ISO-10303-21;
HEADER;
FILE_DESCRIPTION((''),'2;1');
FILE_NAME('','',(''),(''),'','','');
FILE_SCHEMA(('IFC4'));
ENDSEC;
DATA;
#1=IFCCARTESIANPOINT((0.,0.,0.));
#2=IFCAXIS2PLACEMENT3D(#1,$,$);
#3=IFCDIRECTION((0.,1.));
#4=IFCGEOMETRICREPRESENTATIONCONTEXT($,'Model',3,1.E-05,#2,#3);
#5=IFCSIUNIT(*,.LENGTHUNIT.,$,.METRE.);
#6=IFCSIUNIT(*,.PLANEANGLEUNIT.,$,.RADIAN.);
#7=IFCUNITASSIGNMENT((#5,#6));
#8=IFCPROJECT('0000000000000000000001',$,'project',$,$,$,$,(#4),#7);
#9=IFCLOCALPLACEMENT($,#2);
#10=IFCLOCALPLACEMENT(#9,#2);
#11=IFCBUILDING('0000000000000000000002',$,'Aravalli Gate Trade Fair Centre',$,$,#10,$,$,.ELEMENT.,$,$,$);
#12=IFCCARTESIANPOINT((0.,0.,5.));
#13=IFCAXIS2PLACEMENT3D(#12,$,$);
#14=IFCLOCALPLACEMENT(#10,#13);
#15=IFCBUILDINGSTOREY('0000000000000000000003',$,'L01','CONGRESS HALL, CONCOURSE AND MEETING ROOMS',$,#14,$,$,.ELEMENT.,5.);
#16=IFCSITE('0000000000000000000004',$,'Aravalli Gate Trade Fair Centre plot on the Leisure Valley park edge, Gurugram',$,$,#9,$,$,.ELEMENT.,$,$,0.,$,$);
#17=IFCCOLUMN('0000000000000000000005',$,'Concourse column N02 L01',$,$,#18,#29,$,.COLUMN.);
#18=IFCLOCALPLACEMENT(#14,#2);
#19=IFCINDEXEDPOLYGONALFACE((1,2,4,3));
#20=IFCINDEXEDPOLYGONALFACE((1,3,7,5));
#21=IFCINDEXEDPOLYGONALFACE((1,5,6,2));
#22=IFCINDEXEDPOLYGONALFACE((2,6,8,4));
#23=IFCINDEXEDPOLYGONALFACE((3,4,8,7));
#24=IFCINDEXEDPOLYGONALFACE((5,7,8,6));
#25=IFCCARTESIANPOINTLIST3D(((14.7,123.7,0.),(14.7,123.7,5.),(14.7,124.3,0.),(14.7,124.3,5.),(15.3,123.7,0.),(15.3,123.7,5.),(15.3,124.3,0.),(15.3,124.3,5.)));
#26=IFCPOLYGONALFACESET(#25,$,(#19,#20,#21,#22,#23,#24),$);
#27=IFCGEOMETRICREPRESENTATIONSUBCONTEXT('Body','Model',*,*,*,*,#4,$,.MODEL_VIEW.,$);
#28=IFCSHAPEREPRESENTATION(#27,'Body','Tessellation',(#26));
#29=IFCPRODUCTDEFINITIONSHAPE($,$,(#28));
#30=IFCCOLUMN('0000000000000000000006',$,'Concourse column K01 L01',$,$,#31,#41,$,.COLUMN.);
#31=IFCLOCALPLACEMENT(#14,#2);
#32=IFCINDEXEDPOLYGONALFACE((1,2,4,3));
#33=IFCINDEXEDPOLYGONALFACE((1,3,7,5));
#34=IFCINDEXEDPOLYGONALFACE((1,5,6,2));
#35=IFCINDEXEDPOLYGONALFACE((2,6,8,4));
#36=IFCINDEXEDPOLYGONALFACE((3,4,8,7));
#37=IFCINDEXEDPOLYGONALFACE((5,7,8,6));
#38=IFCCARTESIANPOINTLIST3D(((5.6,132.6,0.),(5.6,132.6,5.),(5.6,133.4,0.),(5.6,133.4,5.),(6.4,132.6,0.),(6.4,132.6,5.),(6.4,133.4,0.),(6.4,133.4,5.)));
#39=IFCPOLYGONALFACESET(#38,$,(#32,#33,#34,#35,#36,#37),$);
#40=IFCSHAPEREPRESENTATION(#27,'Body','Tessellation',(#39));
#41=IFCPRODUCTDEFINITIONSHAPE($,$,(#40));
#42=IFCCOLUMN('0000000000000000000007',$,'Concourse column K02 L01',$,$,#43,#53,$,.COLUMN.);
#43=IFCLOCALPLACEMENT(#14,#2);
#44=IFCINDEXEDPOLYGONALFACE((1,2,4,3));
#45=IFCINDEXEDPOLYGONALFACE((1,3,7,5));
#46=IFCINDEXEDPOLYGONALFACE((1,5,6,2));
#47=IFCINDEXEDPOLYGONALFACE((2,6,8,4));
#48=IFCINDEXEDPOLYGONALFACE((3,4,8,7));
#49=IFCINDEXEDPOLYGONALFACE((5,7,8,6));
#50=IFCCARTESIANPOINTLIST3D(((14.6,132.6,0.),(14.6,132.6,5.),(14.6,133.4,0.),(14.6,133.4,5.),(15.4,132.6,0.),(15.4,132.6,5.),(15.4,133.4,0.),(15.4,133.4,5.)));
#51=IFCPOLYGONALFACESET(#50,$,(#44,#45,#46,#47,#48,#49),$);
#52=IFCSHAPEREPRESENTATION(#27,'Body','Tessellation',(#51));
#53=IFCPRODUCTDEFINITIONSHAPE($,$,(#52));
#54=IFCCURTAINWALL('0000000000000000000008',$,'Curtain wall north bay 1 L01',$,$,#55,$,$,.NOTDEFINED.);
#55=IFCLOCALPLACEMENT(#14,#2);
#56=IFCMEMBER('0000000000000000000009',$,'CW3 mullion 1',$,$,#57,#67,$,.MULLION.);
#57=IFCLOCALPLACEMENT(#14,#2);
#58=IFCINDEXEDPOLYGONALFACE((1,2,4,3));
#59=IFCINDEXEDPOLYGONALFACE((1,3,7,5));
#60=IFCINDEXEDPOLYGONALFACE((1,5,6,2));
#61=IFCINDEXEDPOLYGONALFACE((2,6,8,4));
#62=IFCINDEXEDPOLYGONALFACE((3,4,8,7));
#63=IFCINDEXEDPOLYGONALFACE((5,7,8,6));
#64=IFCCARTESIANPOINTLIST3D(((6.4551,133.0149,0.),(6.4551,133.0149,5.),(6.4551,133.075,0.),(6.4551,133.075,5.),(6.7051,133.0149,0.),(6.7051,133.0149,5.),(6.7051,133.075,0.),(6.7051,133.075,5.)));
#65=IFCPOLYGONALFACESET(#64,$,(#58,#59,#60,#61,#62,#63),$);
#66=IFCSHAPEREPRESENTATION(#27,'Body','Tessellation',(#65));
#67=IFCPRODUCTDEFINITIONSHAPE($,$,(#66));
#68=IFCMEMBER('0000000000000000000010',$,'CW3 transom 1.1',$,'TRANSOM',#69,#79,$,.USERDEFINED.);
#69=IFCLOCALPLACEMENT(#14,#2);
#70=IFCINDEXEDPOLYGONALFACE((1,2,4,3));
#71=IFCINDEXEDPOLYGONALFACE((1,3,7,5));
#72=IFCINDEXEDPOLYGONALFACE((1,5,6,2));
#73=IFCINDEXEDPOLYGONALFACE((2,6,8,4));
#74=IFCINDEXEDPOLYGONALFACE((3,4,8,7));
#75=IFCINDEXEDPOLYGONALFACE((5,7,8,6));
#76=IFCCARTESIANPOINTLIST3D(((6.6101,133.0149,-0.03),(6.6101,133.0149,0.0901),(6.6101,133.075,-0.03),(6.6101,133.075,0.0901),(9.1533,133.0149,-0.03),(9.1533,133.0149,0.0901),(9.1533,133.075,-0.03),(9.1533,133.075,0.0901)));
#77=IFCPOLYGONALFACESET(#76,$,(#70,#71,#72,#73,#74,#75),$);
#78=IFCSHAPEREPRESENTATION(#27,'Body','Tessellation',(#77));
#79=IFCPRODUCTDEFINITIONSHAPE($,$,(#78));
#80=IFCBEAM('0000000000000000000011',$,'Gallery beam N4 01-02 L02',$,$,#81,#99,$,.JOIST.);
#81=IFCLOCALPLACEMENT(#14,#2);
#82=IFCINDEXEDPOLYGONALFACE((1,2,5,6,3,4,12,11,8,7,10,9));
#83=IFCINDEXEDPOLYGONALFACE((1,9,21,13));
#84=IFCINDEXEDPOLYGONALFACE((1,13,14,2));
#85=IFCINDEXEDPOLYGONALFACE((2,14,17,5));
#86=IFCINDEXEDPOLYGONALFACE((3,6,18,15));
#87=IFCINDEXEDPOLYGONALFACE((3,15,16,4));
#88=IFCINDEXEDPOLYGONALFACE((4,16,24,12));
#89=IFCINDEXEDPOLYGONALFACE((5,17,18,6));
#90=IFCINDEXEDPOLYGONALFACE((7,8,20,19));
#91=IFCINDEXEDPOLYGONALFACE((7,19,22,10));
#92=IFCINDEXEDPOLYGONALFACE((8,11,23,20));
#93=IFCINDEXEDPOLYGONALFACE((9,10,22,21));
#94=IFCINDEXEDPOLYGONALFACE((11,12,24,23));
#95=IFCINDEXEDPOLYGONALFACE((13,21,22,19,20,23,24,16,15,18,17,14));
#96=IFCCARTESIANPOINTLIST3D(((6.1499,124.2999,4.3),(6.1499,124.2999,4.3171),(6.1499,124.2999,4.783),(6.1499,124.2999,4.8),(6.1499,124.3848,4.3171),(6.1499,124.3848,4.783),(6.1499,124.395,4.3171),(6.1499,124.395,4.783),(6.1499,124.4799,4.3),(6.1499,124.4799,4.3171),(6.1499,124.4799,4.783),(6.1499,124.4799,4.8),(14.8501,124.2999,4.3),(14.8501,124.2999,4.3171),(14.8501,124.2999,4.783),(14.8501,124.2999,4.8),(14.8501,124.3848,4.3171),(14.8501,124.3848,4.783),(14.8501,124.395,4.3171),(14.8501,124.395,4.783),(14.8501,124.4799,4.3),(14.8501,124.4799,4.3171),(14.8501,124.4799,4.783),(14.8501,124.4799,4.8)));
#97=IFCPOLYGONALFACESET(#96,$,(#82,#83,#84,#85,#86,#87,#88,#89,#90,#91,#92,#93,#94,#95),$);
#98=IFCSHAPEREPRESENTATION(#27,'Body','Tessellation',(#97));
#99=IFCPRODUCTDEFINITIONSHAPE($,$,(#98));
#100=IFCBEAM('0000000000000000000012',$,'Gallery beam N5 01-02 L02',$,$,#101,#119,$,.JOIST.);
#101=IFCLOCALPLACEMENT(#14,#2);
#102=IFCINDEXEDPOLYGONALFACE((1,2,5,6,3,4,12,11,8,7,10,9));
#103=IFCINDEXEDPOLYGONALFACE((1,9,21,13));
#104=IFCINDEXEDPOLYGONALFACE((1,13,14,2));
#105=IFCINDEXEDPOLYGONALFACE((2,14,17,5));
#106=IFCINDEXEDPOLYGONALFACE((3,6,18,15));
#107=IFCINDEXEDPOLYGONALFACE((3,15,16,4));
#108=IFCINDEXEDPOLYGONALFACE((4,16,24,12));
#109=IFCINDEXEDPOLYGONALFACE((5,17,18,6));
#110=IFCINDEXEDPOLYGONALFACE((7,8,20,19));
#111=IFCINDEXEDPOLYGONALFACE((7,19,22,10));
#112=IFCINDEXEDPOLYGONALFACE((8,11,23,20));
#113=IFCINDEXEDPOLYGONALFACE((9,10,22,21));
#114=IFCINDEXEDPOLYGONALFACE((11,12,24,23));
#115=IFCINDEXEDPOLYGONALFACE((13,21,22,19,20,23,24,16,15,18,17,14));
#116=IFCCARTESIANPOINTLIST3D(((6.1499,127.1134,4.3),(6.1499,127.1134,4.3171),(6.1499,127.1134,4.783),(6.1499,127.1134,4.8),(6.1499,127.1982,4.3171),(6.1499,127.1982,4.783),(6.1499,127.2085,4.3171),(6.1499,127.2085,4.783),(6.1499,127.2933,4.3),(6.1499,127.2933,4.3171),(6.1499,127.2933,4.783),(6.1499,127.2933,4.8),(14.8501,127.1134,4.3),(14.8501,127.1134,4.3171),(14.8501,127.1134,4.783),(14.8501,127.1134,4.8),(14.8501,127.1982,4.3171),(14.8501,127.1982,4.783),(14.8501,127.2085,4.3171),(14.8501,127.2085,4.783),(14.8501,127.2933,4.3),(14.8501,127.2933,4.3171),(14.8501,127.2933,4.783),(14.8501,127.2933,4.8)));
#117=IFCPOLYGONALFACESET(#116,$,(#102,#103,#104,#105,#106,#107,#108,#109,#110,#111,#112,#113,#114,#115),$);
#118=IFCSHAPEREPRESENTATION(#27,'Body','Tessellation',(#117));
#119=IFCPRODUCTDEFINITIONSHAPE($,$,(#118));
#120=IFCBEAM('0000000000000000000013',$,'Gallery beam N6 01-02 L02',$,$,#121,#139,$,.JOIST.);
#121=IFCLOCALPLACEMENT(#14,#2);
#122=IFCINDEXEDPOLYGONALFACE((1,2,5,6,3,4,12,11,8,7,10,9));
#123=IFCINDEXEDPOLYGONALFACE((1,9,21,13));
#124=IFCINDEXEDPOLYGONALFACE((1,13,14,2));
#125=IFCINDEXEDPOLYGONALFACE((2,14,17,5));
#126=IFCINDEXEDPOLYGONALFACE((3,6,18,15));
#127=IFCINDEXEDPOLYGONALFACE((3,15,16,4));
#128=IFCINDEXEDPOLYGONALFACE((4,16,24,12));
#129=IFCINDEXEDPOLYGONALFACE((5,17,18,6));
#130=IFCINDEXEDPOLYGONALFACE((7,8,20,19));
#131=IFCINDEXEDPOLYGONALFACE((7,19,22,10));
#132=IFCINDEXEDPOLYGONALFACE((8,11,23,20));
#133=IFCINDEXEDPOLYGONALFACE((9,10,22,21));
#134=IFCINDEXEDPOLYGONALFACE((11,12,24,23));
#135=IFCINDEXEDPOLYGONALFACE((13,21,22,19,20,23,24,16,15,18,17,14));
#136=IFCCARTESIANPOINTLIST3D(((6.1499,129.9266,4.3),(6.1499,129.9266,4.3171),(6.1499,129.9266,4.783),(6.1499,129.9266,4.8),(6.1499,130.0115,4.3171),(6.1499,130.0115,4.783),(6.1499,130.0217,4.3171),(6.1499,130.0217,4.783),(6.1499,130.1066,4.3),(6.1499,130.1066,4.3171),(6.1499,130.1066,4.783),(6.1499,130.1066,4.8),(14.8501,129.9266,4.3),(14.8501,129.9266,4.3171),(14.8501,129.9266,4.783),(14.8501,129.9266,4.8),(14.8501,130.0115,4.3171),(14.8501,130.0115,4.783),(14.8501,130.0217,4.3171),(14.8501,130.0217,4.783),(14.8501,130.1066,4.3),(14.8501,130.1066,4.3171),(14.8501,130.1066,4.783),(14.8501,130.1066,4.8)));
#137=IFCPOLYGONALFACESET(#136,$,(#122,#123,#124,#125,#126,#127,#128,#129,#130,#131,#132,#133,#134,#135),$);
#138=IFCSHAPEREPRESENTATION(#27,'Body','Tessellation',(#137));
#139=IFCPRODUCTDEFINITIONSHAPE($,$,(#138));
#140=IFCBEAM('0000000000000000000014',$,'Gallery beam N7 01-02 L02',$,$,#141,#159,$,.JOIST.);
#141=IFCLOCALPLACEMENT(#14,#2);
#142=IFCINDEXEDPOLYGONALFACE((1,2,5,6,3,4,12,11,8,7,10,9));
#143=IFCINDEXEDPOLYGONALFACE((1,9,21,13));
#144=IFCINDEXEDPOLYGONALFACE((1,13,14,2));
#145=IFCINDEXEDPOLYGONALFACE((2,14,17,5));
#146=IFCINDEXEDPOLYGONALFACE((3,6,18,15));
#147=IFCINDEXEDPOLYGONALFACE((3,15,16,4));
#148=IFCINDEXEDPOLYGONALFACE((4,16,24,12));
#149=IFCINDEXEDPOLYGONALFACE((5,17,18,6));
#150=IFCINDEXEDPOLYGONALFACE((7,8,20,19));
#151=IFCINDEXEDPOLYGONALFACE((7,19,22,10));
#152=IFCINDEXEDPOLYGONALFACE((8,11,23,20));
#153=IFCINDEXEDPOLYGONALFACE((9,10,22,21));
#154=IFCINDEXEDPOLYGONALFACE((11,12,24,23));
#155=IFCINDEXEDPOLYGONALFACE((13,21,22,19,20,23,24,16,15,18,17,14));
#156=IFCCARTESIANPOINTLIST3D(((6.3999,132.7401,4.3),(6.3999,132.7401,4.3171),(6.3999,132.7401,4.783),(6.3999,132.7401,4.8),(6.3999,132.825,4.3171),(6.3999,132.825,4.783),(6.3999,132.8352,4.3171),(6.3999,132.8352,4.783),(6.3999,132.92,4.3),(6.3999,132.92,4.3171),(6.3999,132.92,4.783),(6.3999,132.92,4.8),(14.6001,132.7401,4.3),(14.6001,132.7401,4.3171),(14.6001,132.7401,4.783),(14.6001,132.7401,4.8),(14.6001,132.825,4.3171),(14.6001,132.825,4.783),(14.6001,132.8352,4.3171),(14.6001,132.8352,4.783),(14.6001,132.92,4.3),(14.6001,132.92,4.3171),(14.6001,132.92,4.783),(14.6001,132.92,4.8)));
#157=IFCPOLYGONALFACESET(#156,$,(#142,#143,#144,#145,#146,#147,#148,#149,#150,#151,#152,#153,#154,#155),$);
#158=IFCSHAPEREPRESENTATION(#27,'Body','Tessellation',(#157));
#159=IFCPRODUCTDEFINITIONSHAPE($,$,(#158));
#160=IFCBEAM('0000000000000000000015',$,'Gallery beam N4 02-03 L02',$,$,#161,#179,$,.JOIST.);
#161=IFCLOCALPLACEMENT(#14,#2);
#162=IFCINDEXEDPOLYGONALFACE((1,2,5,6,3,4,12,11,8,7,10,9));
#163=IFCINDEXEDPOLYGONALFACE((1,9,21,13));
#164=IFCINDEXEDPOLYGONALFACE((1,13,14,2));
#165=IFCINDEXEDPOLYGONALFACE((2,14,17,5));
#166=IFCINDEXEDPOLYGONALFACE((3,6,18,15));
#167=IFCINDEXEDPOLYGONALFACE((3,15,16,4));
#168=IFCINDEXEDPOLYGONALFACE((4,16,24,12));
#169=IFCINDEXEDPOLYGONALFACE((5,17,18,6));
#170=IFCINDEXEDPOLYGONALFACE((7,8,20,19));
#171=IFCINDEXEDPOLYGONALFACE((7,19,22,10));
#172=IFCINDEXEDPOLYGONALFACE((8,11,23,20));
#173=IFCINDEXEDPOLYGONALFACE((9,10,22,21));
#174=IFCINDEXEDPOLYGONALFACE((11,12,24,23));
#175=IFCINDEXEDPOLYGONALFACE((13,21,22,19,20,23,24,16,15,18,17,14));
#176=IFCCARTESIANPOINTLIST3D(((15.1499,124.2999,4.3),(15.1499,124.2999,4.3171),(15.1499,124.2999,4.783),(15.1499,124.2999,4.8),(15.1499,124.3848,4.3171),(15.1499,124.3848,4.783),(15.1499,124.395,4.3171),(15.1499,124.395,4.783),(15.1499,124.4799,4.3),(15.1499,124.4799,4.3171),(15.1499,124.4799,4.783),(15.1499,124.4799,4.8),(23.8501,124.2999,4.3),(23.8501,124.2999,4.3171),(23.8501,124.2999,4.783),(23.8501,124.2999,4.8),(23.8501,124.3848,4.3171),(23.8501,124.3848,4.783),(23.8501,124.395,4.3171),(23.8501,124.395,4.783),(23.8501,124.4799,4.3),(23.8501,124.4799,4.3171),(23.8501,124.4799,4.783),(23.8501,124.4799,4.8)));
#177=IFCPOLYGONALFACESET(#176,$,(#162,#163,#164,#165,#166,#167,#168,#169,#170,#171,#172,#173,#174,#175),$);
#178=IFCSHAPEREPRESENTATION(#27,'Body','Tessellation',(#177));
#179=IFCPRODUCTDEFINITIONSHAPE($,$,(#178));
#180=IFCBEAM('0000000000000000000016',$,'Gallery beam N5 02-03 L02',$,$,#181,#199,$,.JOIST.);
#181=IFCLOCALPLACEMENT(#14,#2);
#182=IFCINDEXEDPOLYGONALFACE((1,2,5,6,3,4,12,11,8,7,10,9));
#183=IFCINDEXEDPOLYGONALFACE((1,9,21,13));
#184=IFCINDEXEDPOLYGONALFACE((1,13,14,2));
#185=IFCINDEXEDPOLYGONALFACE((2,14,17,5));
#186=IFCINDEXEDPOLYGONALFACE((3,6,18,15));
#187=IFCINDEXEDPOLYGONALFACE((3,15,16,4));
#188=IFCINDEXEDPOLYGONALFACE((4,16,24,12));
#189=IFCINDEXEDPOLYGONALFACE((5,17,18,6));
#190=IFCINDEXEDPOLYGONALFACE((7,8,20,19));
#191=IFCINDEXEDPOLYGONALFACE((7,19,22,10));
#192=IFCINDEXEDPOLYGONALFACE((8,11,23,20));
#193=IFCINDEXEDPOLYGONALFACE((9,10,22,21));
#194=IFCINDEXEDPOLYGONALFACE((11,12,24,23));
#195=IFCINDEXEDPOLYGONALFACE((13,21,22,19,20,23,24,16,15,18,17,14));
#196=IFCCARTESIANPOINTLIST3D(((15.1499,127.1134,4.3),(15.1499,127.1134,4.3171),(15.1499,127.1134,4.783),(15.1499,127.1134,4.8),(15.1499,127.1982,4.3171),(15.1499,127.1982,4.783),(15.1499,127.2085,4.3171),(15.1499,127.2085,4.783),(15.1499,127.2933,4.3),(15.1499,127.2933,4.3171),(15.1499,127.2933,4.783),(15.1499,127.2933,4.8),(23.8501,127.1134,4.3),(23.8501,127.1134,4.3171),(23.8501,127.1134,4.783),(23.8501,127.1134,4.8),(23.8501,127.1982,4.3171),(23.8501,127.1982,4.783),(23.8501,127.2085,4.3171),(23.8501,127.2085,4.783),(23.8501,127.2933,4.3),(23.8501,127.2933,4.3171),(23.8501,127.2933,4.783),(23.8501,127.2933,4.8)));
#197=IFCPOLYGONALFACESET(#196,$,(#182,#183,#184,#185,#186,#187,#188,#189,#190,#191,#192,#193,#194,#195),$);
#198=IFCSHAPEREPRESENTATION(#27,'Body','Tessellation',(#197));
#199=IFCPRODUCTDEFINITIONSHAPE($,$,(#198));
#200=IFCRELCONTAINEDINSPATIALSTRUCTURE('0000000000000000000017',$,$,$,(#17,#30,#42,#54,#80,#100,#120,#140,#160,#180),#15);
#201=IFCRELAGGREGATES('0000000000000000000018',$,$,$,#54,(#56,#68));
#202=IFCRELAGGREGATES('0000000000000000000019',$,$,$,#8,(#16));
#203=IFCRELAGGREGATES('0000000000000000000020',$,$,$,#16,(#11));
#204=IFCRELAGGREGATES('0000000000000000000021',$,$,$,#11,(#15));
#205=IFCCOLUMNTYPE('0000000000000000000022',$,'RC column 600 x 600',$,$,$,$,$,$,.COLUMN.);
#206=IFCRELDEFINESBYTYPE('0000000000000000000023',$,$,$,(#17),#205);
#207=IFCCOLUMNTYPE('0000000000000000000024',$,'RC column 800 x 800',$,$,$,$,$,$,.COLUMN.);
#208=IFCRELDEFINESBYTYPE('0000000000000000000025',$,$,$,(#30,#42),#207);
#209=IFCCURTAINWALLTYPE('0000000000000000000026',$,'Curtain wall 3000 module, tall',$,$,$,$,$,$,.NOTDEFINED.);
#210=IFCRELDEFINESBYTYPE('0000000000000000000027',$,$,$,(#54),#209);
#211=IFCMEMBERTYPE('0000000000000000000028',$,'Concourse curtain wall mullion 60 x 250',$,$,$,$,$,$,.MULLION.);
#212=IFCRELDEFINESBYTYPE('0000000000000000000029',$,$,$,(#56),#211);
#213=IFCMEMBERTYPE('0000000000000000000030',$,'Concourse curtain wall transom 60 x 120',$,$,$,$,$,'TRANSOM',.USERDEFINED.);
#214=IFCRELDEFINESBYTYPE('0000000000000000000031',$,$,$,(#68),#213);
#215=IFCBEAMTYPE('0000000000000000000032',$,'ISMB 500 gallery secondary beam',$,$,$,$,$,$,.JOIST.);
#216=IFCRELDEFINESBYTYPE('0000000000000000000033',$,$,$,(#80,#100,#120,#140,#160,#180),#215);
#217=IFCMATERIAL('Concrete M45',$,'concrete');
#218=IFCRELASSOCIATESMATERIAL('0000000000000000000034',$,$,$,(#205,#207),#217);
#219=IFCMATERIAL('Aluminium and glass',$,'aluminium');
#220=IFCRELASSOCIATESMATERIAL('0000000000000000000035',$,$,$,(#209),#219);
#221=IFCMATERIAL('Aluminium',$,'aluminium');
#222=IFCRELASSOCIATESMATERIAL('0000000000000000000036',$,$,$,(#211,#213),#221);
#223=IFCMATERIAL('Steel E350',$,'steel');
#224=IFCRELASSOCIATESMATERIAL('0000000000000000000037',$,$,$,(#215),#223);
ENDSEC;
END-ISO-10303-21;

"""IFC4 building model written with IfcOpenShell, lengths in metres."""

from ifc_helpers import new_model, si_unit, direction, frame, origin, origin_2d, place, context, subcontext, project, spatial, rectangle, i_section, extrude, material, material_profile, profile_set, type_object, element, aggregate, save


model = new_model("IFC4")

# Units and contexts
model_context = context("Model", 3, precision=1e-05, world=origin(), true_north=direction((0.0, 1.0)))
body_context = subcontext(model_context, "Body", "Model", "MODEL_VIEW")
ifc_project = project(units=[si_unit("LENGTHUNIT", "METRE"), si_unit("PLANEANGLEUNIT", "RADIAN")], contexts=[model_context])

# Site, building, storey
site_placement = place(None, origin())
site = spatial("IfcSite", under=ifc_project, at=site_placement, Name="Aravalli Gate Trade Fair Centre plot on the Leisure Valley park edge, Gurugram", CompositionType="ELEMENT", RefElevation=0.0)
building_placement = place(site_placement, origin())
building = spatial("IfcBuilding", under=site, at=building_placement, Name="Aravalli Gate Trade Fair Centre", CompositionType="ELEMENT")
storey_placement = place(building_placement, frame((0.0, 0.0, 5.0)))
storey = spatial("IfcBuildingStorey", under=building, at=storey_placement, Name="L01", Description="CONGRESS HALL, CONCOURSE AND MEETING ROOMS", CompositionType="ELEMENT", Elevation=5.0)

# Columns
ifc_material_1 = material(Name="Concrete M45", Category="concrete")
ifc_material_profile_1 = material_profile(ifc_material_1, rectangle(XDim=0.6001, YDim=0.6001, at=origin_2d()), Name="RC column 600 x 600")
ifc_profile_set_1 = profile_set([ifc_material_profile_1], Name="Concrete M45")
column_type_1 = type_object("IfcColumnType", Name="RC column 600 x 600", PredefinedType="COLUMN", material=ifc_profile_set_1)
column_placement = place(storey_placement, frame((15.0, 124.0, 0.0), z_axis=(0.0, 0.0, 1.0), x_axis=(1.0, 0.0, 0.0)))
element("IfcColumn", 1, at=column_placement, inside=storey, type_object=column_type_1, Name="Concourse column N02 L01", PredefinedType="COLUMN", context=body_context, shape_type="SweptSolid", body=[
    extrude(rectangle(XDim=0.6001, YDim=0.6001, at=origin_2d()), origin(), (0.0, 0.0, 1.0), 5.0),
])
ifc_material_profile_2 = material_profile(ifc_material_1, rectangle(XDim=0.8, YDim=0.8, at=origin_2d()), Name="RC column 800 x 800")
ifc_profile_set_2 = profile_set([ifc_material_profile_2], Name="Concrete M45")
column_type_2 = type_object("IfcColumnType", Name="RC column 800 x 800", PredefinedType="COLUMN", material=ifc_profile_set_2)
for number, where, z_axis, x_axis, name in (
    (2, (6.0, 133.0, 0.0), (0.0, 0.0, 1.0), (1.0, 0.0, 0.0), "Concourse column K01 L01"),
    (3, (15.0, 133.0, 0.0), (0.0, 0.0, 1.0), (1.0, 0.0, 0.0), "Concourse column K02 L01"),
):
    element("IfcColumn", number, at=place(storey_placement, frame(where, z_axis=z_axis, x_axis=x_axis)), inside=storey, type_object=column_type_2, Name=name, PredefinedType="COLUMN", context=body_context, shape_type="SweptSolid", body=[
        extrude(rectangle(XDim=0.8, YDim=0.8, at=origin_2d()), origin(), (0.0, 0.0, 1.0), 5.0),
    ])

# Curtain wall, members
ifc_material_2 = material(Name="Aluminium and glass", Category="aluminium")
curtain_wall_type = type_object("IfcCurtainWallType", Name="Curtain wall 3000 module, tall", PredefinedType="NOTDEFINED", material=ifc_material_2)
curtain_wall_placement = place(storey_placement, origin())
curtain_wall = element("IfcCurtainWall", 4, at=curtain_wall_placement, inside=storey, type_object=curtain_wall_type, Name="Curtain wall north bay 1 L01", PredefinedType="NOTDEFINED")
ifc_material_3 = material(Name="Aluminium", Category="aluminium")
ifc_material_profile_3 = material_profile(ifc_material_3, rectangle(XDim=0.0601, YDim=0.25, at=origin_2d()), Name="Concourse curtain wall mullion 60 x 250")
ifc_profile_set_3 = profile_set([ifc_material_profile_3], Name="Aluminium")
member_type_1 = type_object("IfcMemberType", Name="Concourse curtain wall mullion 60 x 250", PredefinedType="MULLION", material=ifc_profile_set_3)
member_1_placement = place(storey_placement, frame((6.5801, 133.0449, 0.0), z_axis=(0.0, 0.0, 1.0), x_axis=(0.0, 1.0, 0.0)))
member_1 = element("IfcMember", 5, at=member_1_placement, type_object=member_type_1, Name="CW3 mullion 1", PredefinedType="MULLION", context=body_context, shape_type="SweptSolid", body=[
    extrude(rectangle(XDim=0.0601, YDim=0.25, at=origin_2d()), origin(), (0.0, 0.0, 1.0), 5.0),
])
ifc_material_profile_4 = material_profile(ifc_material_3, rectangle(XDim=0.0601, YDim=0.1201, at=origin_2d()), Name="Concourse curtain wall transom 60 x 120")
ifc_profile_set_4 = profile_set([ifc_material_profile_4], Name="Aluminium")
member_type_2 = type_object("IfcMemberType", Name="Concourse curtain wall transom 60 x 120", ElementType="TRANSOM", PredefinedType="USERDEFINED", material=ifc_profile_set_4)
member_2_placement = place(storey_placement, frame((6.6101, 133.0449, 0.03), z_axis=(1.0, 0.0, 0.0), x_axis=(0.0, 1.0, 0.0)))
member_2 = element("IfcMember", 6, at=member_2_placement, type_object=member_type_2, Name="CW3 transom 1.1", ObjectType="TRANSOM", PredefinedType="USERDEFINED", context=body_context, shape_type="SweptSolid", body=[
    extrude(rectangle(XDim=0.0601, YDim=0.1201, at=origin_2d()), origin(), (0.0, 0.0, 1.0), 2.5432),
])
aggregate(curtain_wall, [member_1, member_2])

# Beams
ifc_material_4 = material(Name="Steel E350", Category="steel")
ifc_material_profile_5 = material_profile(ifc_material_4, i_section(OverallWidth=0.1799, OverallDepth=0.5, WebThickness=0.0103, FlangeThickness=0.0171, at=origin_2d()), Name="ISMB 500")
ifc_profile_set_5 = profile_set([ifc_material_profile_5], Name="Steel E350")
beam_type_1 = type_object("IfcBeamType", Name="ISMB 500 gallery secondary beam", PredefinedType="JOIST", material=ifc_profile_set_5)
for number, where, z_axis, x_axis, name in (
    (7, (6.1499, 124.3899, 4.55), (1.0, 0.0, 0.0), (0.0, 1.0, 0.0), "Gallery beam N4 01-02 L02"),
    (8, (6.1499, 127.2034, 4.55), (1.0, 0.0, 0.0), (0.0, 1.0, 0.0), "Gallery beam N5 01-02 L02"),
    (9, (6.1499, 130.0166, 4.55), (1.0, 0.0, 0.0), (0.0, 1.0, 0.0), "Gallery beam N6 01-02 L02"),
):
    element("IfcBeam", number, at=place(storey_placement, frame(where, z_axis=z_axis, x_axis=x_axis)), inside=storey, type_object=beam_type_1, Name=name, PredefinedType="JOIST", context=body_context, shape_type="SweptSolid", body=[
        extrude(i_section(OverallWidth=0.1799, OverallDepth=0.5, WebThickness=0.0103, FlangeThickness=0.0171, at=origin_2d()), origin(), (0.0, 0.0, 1.0), 8.7002),
    ])
beam_1_placement = place(storey_placement, frame((6.3999, 132.8301, 4.55), z_axis=(1.0, 0.0, 0.0), x_axis=(0.0, 1.0, 0.0)))
element("IfcBeam", 10, at=beam_1_placement, inside=storey, type_object=beam_type_1, Name="Gallery beam N7 01-02 L02", PredefinedType="JOIST", context=body_context, shape_type="SweptSolid", body=[
    extrude(i_section(OverallWidth=0.1799, OverallDepth=0.5, WebThickness=0.0103, FlangeThickness=0.0171, at=origin_2d()), origin(), (0.0, 0.0, 1.0), 8.2002),
])
for number, where, z_axis, x_axis, name in (
    (11, (15.1499, 124.3899, 4.55), (1.0, 0.0, 0.0), (0.0, 1.0, 0.0), "Gallery beam N4 02-03 L02"),
    (12, (15.1499, 127.2034, 4.55), (1.0, 0.0, 0.0), (0.0, 1.0, 0.0), "Gallery beam N5 02-03 L02"),
):
    element("IfcBeam", number, at=place(storey_placement, frame(where, z_axis=z_axis, x_axis=x_axis)), inside=storey, type_object=beam_type_1, Name=name, PredefinedType="JOIST", context=body_context, shape_type="SweptSolid", body=[
        extrude(i_section(OverallWidth=0.1799, OverallDepth=0.5, WebThickness=0.0103, FlangeThickness=0.0171, at=origin_2d()), origin(), (0.0, 0.0, 1.0), 8.7002),
    ])

save(model, "model.ifc")
